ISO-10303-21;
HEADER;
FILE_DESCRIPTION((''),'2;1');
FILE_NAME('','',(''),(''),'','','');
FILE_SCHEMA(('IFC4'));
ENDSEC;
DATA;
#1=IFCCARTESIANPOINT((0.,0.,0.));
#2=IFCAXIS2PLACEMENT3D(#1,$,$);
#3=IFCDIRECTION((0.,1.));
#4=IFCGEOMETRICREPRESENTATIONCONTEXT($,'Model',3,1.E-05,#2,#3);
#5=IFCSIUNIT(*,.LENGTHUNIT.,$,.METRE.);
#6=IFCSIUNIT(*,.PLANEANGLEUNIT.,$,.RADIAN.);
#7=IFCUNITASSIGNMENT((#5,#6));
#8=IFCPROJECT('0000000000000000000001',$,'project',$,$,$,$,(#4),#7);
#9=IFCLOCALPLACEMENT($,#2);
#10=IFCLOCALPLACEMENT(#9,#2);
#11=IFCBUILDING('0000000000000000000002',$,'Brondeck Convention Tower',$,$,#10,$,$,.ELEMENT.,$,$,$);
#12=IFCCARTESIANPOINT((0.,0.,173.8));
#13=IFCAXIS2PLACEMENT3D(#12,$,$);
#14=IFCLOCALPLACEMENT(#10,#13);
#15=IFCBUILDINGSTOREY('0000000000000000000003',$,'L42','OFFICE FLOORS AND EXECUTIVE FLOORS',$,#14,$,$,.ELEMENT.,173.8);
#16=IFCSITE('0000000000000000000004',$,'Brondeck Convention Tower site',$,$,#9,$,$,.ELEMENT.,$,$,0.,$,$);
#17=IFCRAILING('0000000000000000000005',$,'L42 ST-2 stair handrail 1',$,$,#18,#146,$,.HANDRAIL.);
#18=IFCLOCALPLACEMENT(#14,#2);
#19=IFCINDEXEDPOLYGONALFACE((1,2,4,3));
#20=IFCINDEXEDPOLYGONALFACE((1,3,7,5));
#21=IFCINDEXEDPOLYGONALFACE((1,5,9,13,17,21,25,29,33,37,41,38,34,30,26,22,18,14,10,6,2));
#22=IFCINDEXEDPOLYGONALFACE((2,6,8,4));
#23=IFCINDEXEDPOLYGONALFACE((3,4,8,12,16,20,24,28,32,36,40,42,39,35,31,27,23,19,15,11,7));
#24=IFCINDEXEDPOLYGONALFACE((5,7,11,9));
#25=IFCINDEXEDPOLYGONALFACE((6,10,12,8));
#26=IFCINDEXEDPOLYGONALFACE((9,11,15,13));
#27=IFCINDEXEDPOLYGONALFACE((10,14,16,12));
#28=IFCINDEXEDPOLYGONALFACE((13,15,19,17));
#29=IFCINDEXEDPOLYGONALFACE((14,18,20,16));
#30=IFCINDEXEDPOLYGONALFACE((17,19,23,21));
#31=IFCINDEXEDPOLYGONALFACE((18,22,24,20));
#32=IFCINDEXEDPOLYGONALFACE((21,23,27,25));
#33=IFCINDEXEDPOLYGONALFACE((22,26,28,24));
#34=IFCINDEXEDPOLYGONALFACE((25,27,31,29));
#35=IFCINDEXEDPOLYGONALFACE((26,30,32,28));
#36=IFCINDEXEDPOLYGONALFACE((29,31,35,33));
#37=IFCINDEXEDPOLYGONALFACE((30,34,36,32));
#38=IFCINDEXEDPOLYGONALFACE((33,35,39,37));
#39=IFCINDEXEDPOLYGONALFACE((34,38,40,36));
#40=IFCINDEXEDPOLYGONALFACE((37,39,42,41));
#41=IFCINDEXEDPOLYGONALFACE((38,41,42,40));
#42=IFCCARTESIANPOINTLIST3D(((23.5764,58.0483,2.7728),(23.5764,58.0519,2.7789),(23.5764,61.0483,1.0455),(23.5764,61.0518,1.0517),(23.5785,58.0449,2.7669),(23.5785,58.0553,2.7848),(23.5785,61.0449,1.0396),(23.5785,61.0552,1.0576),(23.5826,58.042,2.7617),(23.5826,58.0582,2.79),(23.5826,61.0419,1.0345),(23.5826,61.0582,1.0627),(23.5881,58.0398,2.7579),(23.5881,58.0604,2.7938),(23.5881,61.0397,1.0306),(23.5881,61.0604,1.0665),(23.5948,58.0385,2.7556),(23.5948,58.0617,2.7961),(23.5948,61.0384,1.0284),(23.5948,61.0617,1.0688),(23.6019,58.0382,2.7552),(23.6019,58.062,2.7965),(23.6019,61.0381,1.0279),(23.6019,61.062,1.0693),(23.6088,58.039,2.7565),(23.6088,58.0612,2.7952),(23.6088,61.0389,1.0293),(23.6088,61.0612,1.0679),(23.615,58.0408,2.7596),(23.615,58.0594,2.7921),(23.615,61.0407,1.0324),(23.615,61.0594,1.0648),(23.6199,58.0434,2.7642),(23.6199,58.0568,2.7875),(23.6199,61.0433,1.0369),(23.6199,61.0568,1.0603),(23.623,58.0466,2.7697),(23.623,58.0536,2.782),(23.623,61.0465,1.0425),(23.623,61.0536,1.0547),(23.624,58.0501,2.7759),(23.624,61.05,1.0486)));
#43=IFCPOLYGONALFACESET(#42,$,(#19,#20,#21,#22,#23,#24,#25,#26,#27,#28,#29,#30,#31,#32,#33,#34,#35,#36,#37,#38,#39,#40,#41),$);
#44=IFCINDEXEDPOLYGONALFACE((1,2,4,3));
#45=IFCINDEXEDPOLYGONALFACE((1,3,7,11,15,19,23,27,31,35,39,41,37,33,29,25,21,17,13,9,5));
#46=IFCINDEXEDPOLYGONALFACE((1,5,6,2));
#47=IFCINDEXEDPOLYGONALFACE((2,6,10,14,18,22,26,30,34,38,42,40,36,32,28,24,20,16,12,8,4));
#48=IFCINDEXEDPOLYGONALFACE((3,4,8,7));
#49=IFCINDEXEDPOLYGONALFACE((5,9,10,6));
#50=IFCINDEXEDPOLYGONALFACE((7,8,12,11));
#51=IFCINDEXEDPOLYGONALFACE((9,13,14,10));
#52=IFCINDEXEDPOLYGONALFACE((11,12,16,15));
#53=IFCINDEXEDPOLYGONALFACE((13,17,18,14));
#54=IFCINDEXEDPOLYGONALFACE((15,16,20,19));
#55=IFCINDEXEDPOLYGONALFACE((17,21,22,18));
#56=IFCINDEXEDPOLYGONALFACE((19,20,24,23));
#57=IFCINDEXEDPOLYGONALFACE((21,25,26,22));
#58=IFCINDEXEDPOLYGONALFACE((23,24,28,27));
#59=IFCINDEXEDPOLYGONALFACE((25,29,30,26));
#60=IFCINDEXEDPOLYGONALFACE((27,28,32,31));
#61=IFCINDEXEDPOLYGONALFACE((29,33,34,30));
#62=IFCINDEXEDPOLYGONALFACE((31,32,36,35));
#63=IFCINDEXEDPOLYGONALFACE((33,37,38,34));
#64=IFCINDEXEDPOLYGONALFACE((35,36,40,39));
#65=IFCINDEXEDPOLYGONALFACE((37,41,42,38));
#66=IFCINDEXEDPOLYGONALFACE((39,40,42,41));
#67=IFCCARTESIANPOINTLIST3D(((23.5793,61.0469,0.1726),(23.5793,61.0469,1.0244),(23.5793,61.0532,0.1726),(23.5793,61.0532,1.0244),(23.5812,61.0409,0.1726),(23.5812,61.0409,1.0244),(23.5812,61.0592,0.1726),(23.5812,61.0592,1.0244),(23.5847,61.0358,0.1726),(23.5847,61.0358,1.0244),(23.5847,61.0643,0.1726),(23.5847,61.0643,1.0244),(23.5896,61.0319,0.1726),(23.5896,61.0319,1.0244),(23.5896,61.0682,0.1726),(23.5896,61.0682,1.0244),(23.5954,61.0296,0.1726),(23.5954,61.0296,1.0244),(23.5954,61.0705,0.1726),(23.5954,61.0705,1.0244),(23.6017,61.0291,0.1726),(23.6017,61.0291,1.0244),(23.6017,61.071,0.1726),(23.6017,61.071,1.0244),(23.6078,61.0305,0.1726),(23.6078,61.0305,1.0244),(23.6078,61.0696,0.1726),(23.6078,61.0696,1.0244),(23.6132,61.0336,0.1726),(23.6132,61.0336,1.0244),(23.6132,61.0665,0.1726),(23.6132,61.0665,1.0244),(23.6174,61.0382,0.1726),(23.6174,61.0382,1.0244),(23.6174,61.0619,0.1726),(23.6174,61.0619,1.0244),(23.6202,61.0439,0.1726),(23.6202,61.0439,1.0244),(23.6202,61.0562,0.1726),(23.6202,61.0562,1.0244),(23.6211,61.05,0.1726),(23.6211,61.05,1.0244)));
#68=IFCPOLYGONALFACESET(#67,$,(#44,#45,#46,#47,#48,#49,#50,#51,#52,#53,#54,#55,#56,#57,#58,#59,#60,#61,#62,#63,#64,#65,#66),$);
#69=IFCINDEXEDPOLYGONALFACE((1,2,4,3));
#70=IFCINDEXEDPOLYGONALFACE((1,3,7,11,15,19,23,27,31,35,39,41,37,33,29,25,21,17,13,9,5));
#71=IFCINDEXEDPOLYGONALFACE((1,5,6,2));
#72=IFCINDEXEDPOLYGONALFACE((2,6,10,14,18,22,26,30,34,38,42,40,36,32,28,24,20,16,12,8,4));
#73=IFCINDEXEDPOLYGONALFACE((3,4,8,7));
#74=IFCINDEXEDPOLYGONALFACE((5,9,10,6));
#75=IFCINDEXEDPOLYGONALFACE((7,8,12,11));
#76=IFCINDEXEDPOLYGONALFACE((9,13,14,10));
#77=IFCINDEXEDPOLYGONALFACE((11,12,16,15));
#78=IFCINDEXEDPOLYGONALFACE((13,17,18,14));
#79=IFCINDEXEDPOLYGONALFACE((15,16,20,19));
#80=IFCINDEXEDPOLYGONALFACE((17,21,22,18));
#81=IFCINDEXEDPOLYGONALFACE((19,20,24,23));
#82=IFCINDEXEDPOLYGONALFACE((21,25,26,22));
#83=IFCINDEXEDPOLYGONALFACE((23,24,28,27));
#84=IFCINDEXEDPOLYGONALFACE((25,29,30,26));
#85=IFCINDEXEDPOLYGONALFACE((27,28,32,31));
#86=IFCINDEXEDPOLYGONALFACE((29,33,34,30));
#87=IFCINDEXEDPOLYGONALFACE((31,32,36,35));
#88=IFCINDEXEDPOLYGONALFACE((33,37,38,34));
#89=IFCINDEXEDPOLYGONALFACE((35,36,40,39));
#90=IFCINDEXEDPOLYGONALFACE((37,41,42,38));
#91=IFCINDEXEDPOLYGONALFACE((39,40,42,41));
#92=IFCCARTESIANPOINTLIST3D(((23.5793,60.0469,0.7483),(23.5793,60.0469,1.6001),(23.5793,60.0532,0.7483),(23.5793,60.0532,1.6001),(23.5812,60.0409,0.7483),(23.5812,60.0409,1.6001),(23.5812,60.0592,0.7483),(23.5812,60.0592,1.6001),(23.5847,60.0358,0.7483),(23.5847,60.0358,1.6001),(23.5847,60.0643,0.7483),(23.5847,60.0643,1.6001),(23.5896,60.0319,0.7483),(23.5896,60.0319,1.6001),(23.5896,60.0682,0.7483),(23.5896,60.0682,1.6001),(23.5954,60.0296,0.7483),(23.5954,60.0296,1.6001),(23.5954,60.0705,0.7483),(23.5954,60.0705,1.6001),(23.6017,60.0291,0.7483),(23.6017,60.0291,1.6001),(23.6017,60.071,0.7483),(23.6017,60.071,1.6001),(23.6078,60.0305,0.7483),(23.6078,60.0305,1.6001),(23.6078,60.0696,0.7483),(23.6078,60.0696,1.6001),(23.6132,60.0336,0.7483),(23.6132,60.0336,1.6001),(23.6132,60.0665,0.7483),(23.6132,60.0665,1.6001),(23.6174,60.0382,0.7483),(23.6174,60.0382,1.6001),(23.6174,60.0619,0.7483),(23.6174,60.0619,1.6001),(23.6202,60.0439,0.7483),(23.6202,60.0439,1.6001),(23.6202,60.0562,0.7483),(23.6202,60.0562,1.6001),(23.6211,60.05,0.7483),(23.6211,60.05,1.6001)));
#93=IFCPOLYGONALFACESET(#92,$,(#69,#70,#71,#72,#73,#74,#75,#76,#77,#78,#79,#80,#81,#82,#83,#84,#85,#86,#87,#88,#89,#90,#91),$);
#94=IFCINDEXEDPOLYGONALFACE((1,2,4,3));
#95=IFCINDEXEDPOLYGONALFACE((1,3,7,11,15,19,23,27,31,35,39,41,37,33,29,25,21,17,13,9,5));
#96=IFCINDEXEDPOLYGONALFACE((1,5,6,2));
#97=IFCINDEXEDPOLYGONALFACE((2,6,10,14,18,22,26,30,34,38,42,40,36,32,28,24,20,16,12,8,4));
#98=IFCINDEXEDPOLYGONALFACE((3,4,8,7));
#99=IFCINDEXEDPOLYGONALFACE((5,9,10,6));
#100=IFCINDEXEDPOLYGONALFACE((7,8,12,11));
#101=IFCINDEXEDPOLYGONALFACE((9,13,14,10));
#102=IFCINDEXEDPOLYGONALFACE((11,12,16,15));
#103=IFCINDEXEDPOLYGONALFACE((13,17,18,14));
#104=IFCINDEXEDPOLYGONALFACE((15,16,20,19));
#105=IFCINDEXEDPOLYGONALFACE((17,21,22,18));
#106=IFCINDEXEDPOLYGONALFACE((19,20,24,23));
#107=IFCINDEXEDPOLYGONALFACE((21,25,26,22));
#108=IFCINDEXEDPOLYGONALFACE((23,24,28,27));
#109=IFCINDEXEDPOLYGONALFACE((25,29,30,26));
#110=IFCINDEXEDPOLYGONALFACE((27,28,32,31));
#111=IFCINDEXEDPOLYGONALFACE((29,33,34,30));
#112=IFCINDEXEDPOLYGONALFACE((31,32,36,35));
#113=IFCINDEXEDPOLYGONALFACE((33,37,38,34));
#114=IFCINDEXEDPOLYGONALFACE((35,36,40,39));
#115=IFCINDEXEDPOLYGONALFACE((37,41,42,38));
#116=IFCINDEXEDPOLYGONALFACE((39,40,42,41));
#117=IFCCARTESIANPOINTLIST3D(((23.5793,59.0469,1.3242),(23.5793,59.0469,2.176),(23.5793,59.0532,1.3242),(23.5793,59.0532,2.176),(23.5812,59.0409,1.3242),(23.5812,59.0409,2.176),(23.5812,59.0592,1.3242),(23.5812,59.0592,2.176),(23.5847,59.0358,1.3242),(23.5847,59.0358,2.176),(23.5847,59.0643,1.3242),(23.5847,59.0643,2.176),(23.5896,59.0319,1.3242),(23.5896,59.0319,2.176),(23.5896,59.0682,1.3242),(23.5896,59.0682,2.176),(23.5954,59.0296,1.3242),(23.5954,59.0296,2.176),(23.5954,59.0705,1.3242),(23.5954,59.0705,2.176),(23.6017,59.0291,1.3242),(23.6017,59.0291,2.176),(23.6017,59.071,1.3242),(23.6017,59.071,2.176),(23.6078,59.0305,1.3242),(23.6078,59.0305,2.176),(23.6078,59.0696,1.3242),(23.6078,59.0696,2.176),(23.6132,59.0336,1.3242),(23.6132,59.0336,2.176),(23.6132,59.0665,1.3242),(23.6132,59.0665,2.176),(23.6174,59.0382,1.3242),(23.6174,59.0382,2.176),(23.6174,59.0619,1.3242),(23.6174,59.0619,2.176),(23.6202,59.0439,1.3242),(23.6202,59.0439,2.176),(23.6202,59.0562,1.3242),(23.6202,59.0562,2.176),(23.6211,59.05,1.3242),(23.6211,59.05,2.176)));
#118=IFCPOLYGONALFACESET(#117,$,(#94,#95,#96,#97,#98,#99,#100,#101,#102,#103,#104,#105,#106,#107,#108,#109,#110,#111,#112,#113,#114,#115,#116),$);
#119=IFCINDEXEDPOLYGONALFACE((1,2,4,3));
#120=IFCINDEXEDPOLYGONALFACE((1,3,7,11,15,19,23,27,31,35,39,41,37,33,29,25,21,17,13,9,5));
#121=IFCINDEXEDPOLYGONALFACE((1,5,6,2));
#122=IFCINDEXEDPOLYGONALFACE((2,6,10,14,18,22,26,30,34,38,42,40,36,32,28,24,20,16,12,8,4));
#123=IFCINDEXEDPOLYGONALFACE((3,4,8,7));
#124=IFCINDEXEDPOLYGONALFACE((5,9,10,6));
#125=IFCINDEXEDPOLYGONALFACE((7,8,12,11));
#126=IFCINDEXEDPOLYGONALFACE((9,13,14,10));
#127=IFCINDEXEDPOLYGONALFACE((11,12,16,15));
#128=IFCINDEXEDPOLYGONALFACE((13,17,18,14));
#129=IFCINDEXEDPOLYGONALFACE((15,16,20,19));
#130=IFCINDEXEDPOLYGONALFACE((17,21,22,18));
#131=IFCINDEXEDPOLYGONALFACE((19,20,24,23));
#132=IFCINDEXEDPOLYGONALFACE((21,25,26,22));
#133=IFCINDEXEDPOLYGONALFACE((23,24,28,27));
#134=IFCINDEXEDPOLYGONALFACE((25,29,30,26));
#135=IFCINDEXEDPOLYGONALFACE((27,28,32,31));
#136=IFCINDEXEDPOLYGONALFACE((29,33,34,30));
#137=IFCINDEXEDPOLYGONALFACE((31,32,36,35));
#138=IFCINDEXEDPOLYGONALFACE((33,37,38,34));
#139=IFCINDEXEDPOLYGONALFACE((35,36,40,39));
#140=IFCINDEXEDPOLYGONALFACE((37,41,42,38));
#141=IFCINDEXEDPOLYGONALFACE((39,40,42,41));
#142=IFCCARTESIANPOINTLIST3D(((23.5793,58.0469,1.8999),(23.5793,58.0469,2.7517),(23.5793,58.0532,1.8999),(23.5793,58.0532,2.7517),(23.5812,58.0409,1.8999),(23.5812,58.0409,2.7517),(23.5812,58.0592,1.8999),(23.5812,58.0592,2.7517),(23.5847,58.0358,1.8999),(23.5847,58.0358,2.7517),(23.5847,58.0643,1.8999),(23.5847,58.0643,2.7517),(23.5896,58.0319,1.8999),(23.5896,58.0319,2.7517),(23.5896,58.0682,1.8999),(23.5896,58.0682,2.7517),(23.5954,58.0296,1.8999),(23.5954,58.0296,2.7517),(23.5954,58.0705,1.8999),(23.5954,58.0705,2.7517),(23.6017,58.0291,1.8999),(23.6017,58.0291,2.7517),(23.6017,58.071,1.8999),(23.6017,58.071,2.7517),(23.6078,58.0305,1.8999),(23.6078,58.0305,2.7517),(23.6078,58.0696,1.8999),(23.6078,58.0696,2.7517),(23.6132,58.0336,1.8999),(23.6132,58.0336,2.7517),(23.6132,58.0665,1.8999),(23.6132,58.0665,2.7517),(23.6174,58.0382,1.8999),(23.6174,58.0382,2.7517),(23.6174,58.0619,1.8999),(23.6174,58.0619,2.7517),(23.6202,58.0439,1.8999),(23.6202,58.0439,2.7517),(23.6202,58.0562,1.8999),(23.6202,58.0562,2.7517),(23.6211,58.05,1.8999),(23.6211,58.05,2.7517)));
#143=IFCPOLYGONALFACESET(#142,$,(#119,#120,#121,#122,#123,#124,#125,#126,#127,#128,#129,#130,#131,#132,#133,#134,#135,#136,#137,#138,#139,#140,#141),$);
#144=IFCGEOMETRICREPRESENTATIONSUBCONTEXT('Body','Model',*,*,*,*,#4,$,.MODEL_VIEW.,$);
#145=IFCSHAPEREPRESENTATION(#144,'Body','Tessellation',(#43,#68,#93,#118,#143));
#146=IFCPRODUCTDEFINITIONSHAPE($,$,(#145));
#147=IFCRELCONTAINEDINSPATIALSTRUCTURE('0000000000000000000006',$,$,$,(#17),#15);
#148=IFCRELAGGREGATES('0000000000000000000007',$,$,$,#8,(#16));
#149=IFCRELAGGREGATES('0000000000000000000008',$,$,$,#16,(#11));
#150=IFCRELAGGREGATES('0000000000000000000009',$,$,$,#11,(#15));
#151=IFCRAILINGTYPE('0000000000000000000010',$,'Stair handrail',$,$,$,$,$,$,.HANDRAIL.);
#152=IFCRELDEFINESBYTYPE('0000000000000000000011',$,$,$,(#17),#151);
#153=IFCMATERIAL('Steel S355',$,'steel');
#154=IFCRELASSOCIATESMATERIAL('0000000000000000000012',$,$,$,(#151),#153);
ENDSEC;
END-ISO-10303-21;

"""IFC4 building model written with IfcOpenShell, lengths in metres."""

from ifc_helpers import new_model, si_unit, direction, frame, origin, origin_2d, place, context, subcontext, project, spatial, circle, extrude, material, type_object, element, save


model = new_model("IFC4")

# Units and contexts
model_context = context("Model", 3, precision=1e-05, world=origin(), true_north=direction((0.0, 1.0)))
body_context = subcontext(model_context, "Body", "Model", "MODEL_VIEW")
ifc_project = project(units=[si_unit("LENGTHUNIT", "METRE"), si_unit("PLANEANGLEUNIT", "RADIAN")], contexts=[model_context])

# Site, building, storey
site_placement = place(None, origin())
site = spatial("IfcSite", under=ifc_project, at=site_placement, Name="Brondeck Convention Tower site", CompositionType="ELEMENT", RefElevation=0.0)
building_placement = place(site_placement, origin())
building = spatial("IfcBuilding", under=site, at=building_placement, Name="Brondeck Convention Tower", CompositionType="ELEMENT")
storey_placement = place(building_placement, frame((0.0, 0.0, 173.8)))
storey = spatial("IfcBuildingStorey", under=building, at=storey_placement, Name="L42", Description="OFFICE FLOORS AND EXECUTIVE FLOORS", CompositionType="ELEMENT", Elevation=173.8)

# Shared definitions
ifc_material_1 = material(Name="Steel S355", Category="steel")

# Railing
railing_type_1 = type_object("IfcRailingType", Name="Stair handrail", PredefinedType="HANDRAIL", material=ifc_material_1)
railing_1_placement = place(storey_placement, frame((23.6001, 61.05, 0.1726)))
element("IfcRailing", 1, at=railing_1_placement, inside=storey, type_object=railing_type_1, Name="L42 ST-2 stair handrail 1", PredefinedType="HANDRAIL", context=body_context, shape_type="SweptSolid", body=[
    extrude(circle(Radius=0.0239, at=origin_2d()), frame((0.0, 0.0, 0.876), z_axis=(0.0, -0.86662, 0.498969), x_axis=(1.0, 0.0, 0.0)), (0.0, 0.0, 1.0), 3.4617),
    extrude(circle(Radius=0.021, at=origin_2d()), origin(), (0.0, 0.0, 1.0), 0.8518),
    extrude(circle(Radius=0.021, at=origin_2d()), frame((0.0, -1.0, 0.5757)), (0.0, 0.0, 1.0), 0.8518),
    extrude(circle(Radius=0.021, at=origin_2d()), frame((0.0, -2.0, 1.1516)), (0.0, 0.0, 1.0), 0.8518),
    extrude(circle(Radius=0.021, at=origin_2d()), frame((0.0, -3.0, 1.7273)), (0.0, 0.0, 1.0), 0.8518),
])

save(model, "model.ifc")
